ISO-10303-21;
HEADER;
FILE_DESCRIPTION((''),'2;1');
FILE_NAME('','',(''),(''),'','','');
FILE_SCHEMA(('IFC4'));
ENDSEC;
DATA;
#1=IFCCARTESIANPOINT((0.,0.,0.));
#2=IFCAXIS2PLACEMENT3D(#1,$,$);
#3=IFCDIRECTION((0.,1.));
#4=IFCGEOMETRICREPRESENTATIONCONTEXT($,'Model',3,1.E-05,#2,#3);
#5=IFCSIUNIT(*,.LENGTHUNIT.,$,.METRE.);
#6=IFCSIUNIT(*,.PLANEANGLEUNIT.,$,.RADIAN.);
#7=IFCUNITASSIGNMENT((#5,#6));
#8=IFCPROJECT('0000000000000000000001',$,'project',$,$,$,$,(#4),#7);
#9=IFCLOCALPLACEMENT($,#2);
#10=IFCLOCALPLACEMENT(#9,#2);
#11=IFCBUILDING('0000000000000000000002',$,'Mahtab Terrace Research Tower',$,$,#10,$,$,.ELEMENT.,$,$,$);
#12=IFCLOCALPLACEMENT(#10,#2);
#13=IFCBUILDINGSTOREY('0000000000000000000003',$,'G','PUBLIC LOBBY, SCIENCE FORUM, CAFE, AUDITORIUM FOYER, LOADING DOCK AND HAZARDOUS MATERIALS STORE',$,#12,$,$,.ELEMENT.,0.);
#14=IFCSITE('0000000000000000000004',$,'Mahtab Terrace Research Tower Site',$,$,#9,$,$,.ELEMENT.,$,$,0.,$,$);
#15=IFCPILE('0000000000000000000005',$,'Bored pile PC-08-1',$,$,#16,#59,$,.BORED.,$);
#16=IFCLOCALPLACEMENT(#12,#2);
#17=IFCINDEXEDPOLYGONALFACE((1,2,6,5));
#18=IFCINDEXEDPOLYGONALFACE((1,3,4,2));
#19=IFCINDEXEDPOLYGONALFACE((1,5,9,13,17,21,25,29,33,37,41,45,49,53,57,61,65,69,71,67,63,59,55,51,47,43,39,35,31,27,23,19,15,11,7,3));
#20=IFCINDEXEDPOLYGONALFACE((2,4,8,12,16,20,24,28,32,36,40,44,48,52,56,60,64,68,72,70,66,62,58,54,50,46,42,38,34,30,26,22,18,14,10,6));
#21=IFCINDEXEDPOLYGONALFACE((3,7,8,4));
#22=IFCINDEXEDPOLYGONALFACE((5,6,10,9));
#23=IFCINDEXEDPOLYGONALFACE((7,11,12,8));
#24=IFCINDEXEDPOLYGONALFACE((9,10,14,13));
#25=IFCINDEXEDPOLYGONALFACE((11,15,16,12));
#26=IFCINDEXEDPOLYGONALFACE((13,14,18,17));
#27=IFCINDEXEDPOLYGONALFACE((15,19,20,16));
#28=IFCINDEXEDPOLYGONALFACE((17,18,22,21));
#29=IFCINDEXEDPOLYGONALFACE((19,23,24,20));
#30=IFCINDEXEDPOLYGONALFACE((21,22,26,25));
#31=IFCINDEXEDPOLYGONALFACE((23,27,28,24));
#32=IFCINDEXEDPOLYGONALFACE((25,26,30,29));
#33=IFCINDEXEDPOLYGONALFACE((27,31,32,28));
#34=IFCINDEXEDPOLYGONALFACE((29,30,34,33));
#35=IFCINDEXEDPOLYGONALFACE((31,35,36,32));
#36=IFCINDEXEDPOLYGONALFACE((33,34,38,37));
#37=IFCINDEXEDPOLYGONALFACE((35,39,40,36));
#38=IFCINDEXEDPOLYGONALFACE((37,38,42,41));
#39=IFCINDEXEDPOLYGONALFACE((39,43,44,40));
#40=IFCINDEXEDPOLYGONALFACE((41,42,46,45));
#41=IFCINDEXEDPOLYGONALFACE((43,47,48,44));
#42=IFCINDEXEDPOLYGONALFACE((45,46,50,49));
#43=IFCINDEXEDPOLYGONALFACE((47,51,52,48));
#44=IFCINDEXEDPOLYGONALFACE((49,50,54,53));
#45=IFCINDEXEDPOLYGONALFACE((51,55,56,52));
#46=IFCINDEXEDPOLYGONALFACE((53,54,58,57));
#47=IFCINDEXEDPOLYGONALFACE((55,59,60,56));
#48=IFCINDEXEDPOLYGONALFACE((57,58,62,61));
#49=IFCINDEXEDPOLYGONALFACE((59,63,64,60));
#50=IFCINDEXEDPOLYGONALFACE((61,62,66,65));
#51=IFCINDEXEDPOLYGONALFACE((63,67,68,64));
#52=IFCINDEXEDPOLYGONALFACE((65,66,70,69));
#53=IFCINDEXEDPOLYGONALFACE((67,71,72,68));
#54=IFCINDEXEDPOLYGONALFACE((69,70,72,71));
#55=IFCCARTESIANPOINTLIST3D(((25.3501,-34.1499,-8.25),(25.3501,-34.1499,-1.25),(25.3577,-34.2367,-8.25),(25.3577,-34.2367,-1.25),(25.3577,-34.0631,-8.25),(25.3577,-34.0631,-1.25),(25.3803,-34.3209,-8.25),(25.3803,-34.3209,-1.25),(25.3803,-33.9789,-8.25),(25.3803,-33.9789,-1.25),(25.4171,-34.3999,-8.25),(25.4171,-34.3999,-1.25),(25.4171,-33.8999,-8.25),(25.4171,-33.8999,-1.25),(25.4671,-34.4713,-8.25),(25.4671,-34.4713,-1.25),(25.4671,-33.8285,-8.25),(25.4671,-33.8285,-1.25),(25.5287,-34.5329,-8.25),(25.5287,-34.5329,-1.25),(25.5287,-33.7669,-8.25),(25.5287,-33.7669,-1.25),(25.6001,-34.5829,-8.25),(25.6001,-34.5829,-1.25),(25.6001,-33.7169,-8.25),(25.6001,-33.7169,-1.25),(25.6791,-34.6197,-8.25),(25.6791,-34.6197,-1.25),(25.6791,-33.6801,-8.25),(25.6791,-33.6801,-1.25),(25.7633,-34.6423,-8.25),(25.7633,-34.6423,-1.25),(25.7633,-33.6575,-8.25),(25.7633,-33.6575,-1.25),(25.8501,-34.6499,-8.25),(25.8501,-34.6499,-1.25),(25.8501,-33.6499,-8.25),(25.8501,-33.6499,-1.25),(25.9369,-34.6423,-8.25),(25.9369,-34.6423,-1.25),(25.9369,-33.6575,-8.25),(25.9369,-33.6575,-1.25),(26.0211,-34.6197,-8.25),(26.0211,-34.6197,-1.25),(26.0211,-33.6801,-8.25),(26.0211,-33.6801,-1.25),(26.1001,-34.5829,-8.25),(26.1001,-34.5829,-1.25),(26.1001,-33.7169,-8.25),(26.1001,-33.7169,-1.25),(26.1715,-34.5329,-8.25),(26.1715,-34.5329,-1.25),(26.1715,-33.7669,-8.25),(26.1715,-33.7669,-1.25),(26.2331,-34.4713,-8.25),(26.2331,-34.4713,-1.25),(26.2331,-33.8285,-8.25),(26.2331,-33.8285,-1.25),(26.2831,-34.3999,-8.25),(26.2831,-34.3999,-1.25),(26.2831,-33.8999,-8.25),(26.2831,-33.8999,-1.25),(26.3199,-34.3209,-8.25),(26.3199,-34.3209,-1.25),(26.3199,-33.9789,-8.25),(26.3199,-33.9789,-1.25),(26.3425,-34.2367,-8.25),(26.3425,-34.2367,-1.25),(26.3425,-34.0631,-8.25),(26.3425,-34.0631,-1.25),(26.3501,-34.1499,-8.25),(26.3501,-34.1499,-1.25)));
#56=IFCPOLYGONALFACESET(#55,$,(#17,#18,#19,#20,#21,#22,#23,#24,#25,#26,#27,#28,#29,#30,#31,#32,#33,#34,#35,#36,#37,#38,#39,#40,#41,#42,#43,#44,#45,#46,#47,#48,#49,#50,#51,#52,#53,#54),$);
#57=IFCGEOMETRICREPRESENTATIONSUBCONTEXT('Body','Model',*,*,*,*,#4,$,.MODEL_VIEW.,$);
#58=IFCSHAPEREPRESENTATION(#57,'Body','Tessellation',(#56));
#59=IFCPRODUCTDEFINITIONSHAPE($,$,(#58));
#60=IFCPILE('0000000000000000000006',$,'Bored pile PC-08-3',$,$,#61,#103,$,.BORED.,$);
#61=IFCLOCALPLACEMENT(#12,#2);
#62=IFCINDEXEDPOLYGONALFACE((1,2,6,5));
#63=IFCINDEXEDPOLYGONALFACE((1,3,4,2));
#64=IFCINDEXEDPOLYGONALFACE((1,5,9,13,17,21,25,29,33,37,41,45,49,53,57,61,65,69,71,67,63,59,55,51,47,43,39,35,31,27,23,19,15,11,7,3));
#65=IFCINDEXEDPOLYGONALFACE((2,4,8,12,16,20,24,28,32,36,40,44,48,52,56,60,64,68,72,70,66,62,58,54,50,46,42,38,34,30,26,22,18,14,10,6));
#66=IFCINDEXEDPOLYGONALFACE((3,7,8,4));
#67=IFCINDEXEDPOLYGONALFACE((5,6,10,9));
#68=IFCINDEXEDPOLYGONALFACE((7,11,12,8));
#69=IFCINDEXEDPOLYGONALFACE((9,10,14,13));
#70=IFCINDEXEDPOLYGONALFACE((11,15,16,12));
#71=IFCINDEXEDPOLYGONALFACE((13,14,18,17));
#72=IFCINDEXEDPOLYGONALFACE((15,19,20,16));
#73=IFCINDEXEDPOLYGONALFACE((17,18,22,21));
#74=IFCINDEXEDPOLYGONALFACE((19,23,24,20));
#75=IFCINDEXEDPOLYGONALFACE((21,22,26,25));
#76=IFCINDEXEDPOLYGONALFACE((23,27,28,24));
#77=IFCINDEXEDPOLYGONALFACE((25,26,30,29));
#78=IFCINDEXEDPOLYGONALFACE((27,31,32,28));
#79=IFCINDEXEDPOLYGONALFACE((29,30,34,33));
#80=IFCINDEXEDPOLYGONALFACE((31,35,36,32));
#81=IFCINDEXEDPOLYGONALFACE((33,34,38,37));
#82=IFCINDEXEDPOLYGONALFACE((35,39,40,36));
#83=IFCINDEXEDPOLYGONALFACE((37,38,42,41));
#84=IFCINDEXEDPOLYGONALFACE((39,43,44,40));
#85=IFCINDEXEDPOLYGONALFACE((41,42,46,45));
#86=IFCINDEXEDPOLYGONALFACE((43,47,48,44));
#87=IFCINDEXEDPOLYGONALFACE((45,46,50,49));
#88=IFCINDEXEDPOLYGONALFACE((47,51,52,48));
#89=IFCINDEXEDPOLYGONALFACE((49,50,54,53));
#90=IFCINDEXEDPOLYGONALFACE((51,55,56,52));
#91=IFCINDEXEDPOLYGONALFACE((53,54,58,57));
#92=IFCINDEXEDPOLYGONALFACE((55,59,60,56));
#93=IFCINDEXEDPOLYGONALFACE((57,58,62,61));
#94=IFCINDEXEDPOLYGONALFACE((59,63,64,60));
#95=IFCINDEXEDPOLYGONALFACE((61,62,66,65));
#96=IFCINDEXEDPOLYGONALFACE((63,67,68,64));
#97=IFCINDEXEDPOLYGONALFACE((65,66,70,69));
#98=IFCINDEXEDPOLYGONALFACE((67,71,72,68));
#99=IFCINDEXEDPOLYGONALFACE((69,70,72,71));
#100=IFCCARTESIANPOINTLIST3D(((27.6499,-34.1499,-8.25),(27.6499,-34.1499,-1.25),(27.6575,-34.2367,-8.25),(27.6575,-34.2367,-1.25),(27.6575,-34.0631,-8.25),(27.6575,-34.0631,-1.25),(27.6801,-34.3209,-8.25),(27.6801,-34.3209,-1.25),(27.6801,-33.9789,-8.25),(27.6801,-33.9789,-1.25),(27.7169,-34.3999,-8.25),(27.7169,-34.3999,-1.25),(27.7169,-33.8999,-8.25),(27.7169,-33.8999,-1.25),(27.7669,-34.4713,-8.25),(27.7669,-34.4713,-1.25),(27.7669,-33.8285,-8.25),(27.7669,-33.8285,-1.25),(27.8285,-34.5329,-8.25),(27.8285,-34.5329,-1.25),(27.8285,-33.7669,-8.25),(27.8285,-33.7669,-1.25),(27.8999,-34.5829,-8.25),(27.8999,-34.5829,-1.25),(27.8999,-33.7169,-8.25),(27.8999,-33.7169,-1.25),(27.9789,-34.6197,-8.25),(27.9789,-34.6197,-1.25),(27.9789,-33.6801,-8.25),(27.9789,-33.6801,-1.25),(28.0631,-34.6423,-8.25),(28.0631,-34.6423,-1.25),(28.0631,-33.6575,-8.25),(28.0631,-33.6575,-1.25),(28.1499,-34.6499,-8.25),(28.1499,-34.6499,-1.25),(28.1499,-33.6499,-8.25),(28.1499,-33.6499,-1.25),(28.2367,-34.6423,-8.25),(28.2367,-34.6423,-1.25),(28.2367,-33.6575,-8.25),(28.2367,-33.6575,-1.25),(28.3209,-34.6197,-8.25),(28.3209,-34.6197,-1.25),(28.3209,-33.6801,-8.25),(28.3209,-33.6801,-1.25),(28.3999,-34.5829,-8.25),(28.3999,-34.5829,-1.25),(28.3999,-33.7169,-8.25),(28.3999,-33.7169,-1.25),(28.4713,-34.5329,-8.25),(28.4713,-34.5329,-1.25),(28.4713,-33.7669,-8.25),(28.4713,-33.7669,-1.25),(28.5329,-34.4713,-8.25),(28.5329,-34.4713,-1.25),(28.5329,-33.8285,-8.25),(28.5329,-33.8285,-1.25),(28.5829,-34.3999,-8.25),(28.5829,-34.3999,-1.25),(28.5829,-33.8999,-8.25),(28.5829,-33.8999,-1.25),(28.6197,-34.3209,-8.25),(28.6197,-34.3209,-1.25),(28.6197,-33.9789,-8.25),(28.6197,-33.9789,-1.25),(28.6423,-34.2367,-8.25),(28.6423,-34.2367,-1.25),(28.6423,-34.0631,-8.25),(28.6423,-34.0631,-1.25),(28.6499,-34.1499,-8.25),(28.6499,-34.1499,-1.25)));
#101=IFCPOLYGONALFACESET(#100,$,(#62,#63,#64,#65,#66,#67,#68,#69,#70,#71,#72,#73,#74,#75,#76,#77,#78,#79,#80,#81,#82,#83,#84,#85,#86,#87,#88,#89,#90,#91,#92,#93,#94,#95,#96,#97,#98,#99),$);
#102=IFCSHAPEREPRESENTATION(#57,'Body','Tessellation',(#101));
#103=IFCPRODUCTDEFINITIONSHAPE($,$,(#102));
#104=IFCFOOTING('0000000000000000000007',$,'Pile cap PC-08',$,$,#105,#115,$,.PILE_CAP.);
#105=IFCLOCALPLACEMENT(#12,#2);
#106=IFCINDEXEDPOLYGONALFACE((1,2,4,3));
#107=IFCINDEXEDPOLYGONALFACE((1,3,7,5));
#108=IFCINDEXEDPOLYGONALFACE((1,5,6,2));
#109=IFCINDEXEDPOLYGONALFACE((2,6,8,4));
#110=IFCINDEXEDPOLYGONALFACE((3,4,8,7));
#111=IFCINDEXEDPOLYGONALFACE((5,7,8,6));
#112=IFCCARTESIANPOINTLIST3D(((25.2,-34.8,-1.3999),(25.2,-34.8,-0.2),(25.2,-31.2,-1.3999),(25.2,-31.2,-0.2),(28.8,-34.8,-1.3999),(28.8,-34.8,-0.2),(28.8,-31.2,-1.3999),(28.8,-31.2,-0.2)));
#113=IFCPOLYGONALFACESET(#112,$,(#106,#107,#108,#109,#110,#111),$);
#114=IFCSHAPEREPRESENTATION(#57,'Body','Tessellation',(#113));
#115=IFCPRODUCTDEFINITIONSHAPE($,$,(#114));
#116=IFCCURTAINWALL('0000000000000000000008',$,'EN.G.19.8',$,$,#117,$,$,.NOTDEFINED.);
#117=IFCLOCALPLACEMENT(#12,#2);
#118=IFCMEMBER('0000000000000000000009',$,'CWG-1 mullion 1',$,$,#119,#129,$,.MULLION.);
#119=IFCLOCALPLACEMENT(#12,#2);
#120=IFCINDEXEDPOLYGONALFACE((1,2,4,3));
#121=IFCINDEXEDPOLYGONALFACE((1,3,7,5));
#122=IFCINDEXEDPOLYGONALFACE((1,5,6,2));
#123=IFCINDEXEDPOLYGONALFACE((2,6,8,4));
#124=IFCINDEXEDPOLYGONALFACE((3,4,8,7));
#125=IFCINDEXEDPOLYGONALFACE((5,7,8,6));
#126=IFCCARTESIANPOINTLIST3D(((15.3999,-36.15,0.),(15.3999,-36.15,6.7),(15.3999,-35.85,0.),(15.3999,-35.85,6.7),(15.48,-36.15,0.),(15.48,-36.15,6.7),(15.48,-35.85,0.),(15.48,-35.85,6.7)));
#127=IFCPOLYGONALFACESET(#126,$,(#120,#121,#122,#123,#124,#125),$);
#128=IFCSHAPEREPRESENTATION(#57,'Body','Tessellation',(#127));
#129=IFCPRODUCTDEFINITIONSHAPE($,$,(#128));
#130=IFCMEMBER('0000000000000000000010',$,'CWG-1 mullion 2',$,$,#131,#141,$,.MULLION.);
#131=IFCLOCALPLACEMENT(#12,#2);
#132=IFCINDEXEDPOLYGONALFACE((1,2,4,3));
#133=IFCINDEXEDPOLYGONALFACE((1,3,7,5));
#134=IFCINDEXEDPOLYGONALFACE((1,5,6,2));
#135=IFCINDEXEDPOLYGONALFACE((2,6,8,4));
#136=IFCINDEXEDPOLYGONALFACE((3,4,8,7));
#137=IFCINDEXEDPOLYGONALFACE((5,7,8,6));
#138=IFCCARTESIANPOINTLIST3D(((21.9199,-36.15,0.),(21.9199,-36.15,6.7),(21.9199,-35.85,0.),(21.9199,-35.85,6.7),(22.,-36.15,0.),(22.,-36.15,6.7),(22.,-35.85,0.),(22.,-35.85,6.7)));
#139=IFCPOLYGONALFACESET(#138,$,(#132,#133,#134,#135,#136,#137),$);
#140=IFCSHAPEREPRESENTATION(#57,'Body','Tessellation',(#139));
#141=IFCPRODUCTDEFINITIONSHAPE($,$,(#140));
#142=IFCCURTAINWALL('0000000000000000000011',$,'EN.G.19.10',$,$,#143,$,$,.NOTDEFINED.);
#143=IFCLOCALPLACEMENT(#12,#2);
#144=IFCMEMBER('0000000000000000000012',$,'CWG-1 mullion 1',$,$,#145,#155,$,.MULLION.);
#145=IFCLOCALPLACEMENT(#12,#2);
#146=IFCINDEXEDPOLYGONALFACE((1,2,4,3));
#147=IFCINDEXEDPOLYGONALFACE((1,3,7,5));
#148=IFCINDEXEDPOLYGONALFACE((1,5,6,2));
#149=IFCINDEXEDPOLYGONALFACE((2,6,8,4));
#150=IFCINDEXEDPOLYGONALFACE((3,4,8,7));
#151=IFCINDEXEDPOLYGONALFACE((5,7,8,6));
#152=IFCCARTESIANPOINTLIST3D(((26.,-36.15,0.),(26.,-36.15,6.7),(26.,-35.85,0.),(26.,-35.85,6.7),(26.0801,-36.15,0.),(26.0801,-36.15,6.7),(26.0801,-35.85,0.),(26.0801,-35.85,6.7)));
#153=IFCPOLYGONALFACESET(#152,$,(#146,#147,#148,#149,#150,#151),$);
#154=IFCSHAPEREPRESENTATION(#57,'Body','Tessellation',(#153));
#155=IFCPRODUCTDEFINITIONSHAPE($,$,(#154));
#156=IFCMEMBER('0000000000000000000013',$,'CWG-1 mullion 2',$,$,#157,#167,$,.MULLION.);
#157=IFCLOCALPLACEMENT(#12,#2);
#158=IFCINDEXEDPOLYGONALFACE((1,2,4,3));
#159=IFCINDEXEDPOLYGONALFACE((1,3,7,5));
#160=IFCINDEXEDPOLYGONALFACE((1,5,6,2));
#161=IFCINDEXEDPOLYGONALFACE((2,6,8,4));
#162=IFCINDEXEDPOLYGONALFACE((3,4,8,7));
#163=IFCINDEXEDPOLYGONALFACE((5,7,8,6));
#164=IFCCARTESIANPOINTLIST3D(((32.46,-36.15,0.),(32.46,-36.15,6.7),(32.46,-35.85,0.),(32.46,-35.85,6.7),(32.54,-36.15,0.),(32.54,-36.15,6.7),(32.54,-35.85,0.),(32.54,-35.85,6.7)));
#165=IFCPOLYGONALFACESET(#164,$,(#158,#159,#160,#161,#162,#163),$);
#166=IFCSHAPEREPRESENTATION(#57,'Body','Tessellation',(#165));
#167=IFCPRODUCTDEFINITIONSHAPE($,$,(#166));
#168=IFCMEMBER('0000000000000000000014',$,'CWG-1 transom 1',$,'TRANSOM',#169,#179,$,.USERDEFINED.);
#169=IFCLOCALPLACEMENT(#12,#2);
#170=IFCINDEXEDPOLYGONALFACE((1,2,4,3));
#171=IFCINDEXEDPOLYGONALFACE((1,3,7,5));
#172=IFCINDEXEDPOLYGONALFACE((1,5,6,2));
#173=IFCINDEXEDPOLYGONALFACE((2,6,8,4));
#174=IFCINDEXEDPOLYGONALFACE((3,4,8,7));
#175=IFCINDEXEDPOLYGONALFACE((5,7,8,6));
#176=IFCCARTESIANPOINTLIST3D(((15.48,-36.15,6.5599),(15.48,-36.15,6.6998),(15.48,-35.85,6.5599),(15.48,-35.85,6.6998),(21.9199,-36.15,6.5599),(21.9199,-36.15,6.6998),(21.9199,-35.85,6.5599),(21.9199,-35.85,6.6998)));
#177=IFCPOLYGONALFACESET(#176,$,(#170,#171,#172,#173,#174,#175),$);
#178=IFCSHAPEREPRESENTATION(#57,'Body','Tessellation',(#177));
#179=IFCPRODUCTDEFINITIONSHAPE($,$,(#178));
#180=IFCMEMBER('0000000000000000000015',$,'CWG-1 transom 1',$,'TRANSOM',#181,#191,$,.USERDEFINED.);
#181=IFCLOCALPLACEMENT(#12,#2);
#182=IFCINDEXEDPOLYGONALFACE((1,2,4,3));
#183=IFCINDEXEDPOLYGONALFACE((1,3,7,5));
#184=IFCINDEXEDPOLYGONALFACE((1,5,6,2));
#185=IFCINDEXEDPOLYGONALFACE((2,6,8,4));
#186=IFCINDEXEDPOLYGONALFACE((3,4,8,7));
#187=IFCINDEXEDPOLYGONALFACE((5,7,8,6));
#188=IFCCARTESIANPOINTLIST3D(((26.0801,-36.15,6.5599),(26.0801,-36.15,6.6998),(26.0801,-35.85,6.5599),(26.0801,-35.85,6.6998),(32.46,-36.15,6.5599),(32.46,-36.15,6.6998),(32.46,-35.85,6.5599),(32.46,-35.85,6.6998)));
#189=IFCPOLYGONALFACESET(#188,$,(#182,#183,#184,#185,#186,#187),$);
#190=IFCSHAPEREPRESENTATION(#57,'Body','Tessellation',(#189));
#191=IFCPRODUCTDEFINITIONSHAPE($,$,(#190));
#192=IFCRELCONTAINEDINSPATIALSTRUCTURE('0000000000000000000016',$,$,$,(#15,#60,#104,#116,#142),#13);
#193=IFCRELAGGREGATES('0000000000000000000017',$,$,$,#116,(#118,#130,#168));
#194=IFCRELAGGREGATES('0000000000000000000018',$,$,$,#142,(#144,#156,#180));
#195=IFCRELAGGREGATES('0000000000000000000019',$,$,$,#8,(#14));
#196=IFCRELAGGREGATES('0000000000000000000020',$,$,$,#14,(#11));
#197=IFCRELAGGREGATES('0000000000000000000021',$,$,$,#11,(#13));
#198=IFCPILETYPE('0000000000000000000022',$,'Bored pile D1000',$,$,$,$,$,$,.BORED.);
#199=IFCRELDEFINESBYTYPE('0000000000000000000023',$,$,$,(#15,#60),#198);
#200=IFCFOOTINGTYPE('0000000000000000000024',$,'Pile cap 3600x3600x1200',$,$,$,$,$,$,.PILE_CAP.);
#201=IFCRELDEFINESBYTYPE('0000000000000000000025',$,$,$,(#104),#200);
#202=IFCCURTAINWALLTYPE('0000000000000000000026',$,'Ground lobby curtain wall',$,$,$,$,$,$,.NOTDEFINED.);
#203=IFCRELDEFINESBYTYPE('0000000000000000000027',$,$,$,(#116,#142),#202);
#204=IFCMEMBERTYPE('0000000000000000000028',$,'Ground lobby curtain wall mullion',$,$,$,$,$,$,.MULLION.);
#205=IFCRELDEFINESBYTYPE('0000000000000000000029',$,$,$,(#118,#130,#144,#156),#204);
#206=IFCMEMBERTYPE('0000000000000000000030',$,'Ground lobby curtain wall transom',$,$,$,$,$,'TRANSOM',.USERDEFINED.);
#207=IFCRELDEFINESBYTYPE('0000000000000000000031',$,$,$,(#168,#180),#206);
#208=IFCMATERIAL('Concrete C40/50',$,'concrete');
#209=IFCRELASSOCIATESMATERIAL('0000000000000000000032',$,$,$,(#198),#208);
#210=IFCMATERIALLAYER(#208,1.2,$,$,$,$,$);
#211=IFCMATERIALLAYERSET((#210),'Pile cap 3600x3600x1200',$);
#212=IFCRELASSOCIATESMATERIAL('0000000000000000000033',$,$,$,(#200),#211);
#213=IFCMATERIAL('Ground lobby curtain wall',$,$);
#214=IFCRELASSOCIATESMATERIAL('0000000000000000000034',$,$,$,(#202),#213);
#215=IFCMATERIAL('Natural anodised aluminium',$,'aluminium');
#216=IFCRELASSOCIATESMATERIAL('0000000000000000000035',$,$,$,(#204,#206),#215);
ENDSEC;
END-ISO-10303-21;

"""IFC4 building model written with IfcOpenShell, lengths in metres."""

from ifc_helpers import new_model, si_unit, direction, frame, origin, origin_2d, place, context, subcontext, project, spatial, rectangle, circle, extrude, material, layer, layer_set, material_profile, profile_set, type_object, element, aggregate, save


model = new_model("IFC4")

# Units and contexts
model_context = context("Model", 3, precision=1e-05, world=origin(), true_north=direction((0.0, 1.0)))
body_context = subcontext(model_context, "Body", "Model", "MODEL_VIEW")
ifc_project = project(units=[si_unit("LENGTHUNIT", "METRE"), si_unit("PLANEANGLEUNIT", "RADIAN")], contexts=[model_context])

# Site, building, storey
site_placement = place(None, origin())
site = spatial("IfcSite", under=ifc_project, at=site_placement, Name="Mahtab Terrace Research Tower Site", CompositionType="ELEMENT", RefElevation=0.0)
building_placement = place(site_placement, origin())
building = spatial("IfcBuilding", under=site, at=building_placement, Name="Mahtab Terrace Research Tower", CompositionType="ELEMENT")
storey_placement = place(building_placement, origin())
storey = spatial("IfcBuildingStorey", under=building, at=storey_placement, Name="G", Description="PUBLIC LOBBY, SCIENCE FORUM, CAFE, AUDITORIUM FOYER, LOADING DOCK AND HAZARDOUS MATERIALS STORE", CompositionType="ELEMENT", Elevation=0.0)

# Piles
ifc_material_1 = material(Name="Concrete C40/50", Category="concrete")
ifc_material_profile_1 = material_profile(ifc_material_1, circle(Radius=0.5, at=origin_2d()), Name="Bored pile D1000")
ifc_profile_set_1 = profile_set([ifc_material_profile_1], Name="Concrete C40/50")
pile_type = type_object("IfcPileType", Name="Bored pile D1000", PredefinedType="BORED", material=ifc_profile_set_1)
for number, where, z_axis, x_axis, name in (
    (1, (25.8501, -34.1499, -1.25), (0.0, 0.0, -1.0), (1.0, 0.0, 0.0), "Bored pile PC-08-1"),
    (2, (28.1499, -34.1499, -1.25), (0.0, 0.0, -1.0), (1.0, 0.0, 0.0), "Bored pile PC-08-3"),
):
    element("IfcPile", number, at=place(storey_placement, frame(where, z_axis=z_axis, x_axis=x_axis)), inside=storey, type_object=pile_type, Name=name, PredefinedType="BORED", context=body_context, shape_type="SweptSolid", body=[
        extrude(circle(Radius=0.5, at=origin_2d()), origin(), (0.0, 0.0, 1.0), 7.0),
    ])

# Footing
ifc_layer_1 = layer(ifc_material_1, 1.2)
ifc_layer_set_1 = layer_set([ifc_layer_1], Name="Pile cap 3600x3600x1200")
footing_type = type_object("IfcFootingType", Name="Pile cap 3600x3600x1200", PredefinedType="PILE_CAP", material=ifc_layer_set_1)
footing_placement = place(storey_placement, frame((27.0, -33.0, -1.3999), z_axis=(0.0, 0.0, 1.0), x_axis=(1.0, 0.0, 0.0)))
element("IfcFooting", 3, at=footing_placement, inside=storey, type_object=footing_type, Name="Pile cap PC-08", PredefinedType="PILE_CAP", context=body_context, shape_type="SweptSolid", body=[
    extrude(rectangle(XDim=3.6001, YDim=3.6001, at=origin_2d()), origin(), (0.0, 0.0, 1.0), 1.2),
])

# Curtain walls, members
ifc_material_2 = material(Name="Ground lobby curtain wall")
curtain_wall_type = type_object("IfcCurtainWallType", Name="Ground lobby curtain wall", PredefinedType="NOTDEFINED", material=ifc_material_2)
curtain_wall_1_placement = place(storey_placement, origin())
curtain_wall_1 = element("IfcCurtainWall", 4, at=curtain_wall_1_placement, inside=storey, type_object=curtain_wall_type, Name="EN.G.19.8", PredefinedType="NOTDEFINED")
ifc_material_3 = material(Name="Natural anodised aluminium", Category="aluminium")
ifc_material_profile_2 = material_profile(ifc_material_3, rectangle(XDim=0.3, YDim=0.0801, at=origin_2d()), Name="MULLION 80x300")
ifc_profile_set_2 = profile_set([ifc_material_profile_2], Name="Natural anodised aluminium")
member_type_1 = type_object("IfcMemberType", Name="Ground lobby curtain wall mullion", PredefinedType="MULLION", material=ifc_profile_set_2)
member_1_placement = place(storey_placement, frame((15.4399, -36.0, 0.0), z_axis=(0.0, 0.0, 1.0), x_axis=(0.0, 1.0, 0.0)))
member_1 = element("IfcMember", 5, at=member_1_placement, type_object=member_type_1, Name="CWG-1 mullion 1", PredefinedType="MULLION", context=body_context, shape_type="SweptSolid", body=[
    extrude(rectangle(XDim=0.3, YDim=0.0801, at=origin_2d()), origin(), (0.0, 0.0, 1.0), 6.7),
])
member_2_placement = place(storey_placement, frame((21.96, -36.0, 0.0), z_axis=(0.0, 0.0, 1.0), x_axis=(0.0, 1.0, 0.0)))
member_2 = element("IfcMember", 6, at=member_2_placement, type_object=member_type_1, Name="CWG-1 mullion 2", PredefinedType="MULLION", context=body_context, shape_type="SweptSolid", body=[
    extrude(rectangle(XDim=0.3, YDim=0.0801, at=origin_2d()), origin(), (0.0, 0.0, 1.0), 6.7),
])
curtain_wall_2_placement = place(storey_placement, origin())
curtain_wall_2 = element("IfcCurtainWall", 7, at=curtain_wall_2_placement, inside=storey, type_object=curtain_wall_type, Name="EN.G.19.10", PredefinedType="NOTDEFINED")
member_3_placement = place(storey_placement, frame((26.04, -36.0, 0.0), z_axis=(0.0, 0.0, 1.0), x_axis=(0.0, 1.0, 0.0)))
member_3 = element("IfcMember", 8, at=member_3_placement, type_object=member_type_1, Name="CWG-1 mullion 1", PredefinedType="MULLION", context=body_context, shape_type="SweptSolid", body=[
    extrude(rectangle(XDim=0.3, YDim=0.0801, at=origin_2d()), origin(), (0.0, 0.0, 1.0), 6.7),
])
member_4_placement = place(storey_placement, frame((32.5, -36.0, 0.0), z_axis=(0.0, 0.0, 1.0), x_axis=(0.0, 1.0, 0.0)))
member_4 = element("IfcMember", 9, at=member_4_placement, type_object=member_type_1, Name="CWG-1 mullion 2", PredefinedType="MULLION", context=body_context, shape_type="SweptSolid", body=[
    extrude(rectangle(XDim=0.3, YDim=0.0801, at=origin_2d()), origin(), (0.0, 0.0, 1.0), 6.7),
])

# Members
ifc_material_profile_3 = material_profile(ifc_material_3, rectangle(XDim=0.3, YDim=0.1399, at=origin_2d()), Name="TRANSOM 140x300")
ifc_profile_set_3 = profile_set([ifc_material_profile_3], Name="Natural anodised aluminium")
member_type_2 = type_object("IfcMemberType", Name="Ground lobby curtain wall transom", ElementType="TRANSOM", PredefinedType="USERDEFINED", material=ifc_profile_set_3)
member_5_placement = place(storey_placement, frame((15.48, -36.0, 6.6299), z_axis=(1.0, 0.0, 0.0), x_axis=(0.0, 1.0, 0.0)))
member_5 = element("IfcMember", 10, at=member_5_placement, type_object=member_type_2, Name="CWG-1 transom 1", ObjectType="TRANSOM", PredefinedType="USERDEFINED", context=body_context, shape_type="SweptSolid", body=[
    extrude(rectangle(XDim=0.3, YDim=0.1399, at=origin_2d()), origin(), (0.0, 0.0, 1.0), 6.4399),
])
member_6_placement = place(storey_placement, frame((26.0801, -36.0, 6.6299), z_axis=(1.0, 0.0, 0.0), x_axis=(0.0, 1.0, 0.0)))
member_6 = element("IfcMember", 11, at=member_6_placement, type_object=member_type_2, Name="CWG-1 transom 1", ObjectType="TRANSOM", PredefinedType="USERDEFINED", context=body_context, shape_type="SweptSolid", body=[
    extrude(rectangle(XDim=0.3, YDim=0.1399, at=origin_2d()), origin(), (0.0, 0.0, 1.0), 6.3799),
])

aggregate(curtain_wall_1, [member_1, member_2, member_5])
aggregate(curtain_wall_2, [member_3, member_4, member_6])

save(model, "model.ifc")
